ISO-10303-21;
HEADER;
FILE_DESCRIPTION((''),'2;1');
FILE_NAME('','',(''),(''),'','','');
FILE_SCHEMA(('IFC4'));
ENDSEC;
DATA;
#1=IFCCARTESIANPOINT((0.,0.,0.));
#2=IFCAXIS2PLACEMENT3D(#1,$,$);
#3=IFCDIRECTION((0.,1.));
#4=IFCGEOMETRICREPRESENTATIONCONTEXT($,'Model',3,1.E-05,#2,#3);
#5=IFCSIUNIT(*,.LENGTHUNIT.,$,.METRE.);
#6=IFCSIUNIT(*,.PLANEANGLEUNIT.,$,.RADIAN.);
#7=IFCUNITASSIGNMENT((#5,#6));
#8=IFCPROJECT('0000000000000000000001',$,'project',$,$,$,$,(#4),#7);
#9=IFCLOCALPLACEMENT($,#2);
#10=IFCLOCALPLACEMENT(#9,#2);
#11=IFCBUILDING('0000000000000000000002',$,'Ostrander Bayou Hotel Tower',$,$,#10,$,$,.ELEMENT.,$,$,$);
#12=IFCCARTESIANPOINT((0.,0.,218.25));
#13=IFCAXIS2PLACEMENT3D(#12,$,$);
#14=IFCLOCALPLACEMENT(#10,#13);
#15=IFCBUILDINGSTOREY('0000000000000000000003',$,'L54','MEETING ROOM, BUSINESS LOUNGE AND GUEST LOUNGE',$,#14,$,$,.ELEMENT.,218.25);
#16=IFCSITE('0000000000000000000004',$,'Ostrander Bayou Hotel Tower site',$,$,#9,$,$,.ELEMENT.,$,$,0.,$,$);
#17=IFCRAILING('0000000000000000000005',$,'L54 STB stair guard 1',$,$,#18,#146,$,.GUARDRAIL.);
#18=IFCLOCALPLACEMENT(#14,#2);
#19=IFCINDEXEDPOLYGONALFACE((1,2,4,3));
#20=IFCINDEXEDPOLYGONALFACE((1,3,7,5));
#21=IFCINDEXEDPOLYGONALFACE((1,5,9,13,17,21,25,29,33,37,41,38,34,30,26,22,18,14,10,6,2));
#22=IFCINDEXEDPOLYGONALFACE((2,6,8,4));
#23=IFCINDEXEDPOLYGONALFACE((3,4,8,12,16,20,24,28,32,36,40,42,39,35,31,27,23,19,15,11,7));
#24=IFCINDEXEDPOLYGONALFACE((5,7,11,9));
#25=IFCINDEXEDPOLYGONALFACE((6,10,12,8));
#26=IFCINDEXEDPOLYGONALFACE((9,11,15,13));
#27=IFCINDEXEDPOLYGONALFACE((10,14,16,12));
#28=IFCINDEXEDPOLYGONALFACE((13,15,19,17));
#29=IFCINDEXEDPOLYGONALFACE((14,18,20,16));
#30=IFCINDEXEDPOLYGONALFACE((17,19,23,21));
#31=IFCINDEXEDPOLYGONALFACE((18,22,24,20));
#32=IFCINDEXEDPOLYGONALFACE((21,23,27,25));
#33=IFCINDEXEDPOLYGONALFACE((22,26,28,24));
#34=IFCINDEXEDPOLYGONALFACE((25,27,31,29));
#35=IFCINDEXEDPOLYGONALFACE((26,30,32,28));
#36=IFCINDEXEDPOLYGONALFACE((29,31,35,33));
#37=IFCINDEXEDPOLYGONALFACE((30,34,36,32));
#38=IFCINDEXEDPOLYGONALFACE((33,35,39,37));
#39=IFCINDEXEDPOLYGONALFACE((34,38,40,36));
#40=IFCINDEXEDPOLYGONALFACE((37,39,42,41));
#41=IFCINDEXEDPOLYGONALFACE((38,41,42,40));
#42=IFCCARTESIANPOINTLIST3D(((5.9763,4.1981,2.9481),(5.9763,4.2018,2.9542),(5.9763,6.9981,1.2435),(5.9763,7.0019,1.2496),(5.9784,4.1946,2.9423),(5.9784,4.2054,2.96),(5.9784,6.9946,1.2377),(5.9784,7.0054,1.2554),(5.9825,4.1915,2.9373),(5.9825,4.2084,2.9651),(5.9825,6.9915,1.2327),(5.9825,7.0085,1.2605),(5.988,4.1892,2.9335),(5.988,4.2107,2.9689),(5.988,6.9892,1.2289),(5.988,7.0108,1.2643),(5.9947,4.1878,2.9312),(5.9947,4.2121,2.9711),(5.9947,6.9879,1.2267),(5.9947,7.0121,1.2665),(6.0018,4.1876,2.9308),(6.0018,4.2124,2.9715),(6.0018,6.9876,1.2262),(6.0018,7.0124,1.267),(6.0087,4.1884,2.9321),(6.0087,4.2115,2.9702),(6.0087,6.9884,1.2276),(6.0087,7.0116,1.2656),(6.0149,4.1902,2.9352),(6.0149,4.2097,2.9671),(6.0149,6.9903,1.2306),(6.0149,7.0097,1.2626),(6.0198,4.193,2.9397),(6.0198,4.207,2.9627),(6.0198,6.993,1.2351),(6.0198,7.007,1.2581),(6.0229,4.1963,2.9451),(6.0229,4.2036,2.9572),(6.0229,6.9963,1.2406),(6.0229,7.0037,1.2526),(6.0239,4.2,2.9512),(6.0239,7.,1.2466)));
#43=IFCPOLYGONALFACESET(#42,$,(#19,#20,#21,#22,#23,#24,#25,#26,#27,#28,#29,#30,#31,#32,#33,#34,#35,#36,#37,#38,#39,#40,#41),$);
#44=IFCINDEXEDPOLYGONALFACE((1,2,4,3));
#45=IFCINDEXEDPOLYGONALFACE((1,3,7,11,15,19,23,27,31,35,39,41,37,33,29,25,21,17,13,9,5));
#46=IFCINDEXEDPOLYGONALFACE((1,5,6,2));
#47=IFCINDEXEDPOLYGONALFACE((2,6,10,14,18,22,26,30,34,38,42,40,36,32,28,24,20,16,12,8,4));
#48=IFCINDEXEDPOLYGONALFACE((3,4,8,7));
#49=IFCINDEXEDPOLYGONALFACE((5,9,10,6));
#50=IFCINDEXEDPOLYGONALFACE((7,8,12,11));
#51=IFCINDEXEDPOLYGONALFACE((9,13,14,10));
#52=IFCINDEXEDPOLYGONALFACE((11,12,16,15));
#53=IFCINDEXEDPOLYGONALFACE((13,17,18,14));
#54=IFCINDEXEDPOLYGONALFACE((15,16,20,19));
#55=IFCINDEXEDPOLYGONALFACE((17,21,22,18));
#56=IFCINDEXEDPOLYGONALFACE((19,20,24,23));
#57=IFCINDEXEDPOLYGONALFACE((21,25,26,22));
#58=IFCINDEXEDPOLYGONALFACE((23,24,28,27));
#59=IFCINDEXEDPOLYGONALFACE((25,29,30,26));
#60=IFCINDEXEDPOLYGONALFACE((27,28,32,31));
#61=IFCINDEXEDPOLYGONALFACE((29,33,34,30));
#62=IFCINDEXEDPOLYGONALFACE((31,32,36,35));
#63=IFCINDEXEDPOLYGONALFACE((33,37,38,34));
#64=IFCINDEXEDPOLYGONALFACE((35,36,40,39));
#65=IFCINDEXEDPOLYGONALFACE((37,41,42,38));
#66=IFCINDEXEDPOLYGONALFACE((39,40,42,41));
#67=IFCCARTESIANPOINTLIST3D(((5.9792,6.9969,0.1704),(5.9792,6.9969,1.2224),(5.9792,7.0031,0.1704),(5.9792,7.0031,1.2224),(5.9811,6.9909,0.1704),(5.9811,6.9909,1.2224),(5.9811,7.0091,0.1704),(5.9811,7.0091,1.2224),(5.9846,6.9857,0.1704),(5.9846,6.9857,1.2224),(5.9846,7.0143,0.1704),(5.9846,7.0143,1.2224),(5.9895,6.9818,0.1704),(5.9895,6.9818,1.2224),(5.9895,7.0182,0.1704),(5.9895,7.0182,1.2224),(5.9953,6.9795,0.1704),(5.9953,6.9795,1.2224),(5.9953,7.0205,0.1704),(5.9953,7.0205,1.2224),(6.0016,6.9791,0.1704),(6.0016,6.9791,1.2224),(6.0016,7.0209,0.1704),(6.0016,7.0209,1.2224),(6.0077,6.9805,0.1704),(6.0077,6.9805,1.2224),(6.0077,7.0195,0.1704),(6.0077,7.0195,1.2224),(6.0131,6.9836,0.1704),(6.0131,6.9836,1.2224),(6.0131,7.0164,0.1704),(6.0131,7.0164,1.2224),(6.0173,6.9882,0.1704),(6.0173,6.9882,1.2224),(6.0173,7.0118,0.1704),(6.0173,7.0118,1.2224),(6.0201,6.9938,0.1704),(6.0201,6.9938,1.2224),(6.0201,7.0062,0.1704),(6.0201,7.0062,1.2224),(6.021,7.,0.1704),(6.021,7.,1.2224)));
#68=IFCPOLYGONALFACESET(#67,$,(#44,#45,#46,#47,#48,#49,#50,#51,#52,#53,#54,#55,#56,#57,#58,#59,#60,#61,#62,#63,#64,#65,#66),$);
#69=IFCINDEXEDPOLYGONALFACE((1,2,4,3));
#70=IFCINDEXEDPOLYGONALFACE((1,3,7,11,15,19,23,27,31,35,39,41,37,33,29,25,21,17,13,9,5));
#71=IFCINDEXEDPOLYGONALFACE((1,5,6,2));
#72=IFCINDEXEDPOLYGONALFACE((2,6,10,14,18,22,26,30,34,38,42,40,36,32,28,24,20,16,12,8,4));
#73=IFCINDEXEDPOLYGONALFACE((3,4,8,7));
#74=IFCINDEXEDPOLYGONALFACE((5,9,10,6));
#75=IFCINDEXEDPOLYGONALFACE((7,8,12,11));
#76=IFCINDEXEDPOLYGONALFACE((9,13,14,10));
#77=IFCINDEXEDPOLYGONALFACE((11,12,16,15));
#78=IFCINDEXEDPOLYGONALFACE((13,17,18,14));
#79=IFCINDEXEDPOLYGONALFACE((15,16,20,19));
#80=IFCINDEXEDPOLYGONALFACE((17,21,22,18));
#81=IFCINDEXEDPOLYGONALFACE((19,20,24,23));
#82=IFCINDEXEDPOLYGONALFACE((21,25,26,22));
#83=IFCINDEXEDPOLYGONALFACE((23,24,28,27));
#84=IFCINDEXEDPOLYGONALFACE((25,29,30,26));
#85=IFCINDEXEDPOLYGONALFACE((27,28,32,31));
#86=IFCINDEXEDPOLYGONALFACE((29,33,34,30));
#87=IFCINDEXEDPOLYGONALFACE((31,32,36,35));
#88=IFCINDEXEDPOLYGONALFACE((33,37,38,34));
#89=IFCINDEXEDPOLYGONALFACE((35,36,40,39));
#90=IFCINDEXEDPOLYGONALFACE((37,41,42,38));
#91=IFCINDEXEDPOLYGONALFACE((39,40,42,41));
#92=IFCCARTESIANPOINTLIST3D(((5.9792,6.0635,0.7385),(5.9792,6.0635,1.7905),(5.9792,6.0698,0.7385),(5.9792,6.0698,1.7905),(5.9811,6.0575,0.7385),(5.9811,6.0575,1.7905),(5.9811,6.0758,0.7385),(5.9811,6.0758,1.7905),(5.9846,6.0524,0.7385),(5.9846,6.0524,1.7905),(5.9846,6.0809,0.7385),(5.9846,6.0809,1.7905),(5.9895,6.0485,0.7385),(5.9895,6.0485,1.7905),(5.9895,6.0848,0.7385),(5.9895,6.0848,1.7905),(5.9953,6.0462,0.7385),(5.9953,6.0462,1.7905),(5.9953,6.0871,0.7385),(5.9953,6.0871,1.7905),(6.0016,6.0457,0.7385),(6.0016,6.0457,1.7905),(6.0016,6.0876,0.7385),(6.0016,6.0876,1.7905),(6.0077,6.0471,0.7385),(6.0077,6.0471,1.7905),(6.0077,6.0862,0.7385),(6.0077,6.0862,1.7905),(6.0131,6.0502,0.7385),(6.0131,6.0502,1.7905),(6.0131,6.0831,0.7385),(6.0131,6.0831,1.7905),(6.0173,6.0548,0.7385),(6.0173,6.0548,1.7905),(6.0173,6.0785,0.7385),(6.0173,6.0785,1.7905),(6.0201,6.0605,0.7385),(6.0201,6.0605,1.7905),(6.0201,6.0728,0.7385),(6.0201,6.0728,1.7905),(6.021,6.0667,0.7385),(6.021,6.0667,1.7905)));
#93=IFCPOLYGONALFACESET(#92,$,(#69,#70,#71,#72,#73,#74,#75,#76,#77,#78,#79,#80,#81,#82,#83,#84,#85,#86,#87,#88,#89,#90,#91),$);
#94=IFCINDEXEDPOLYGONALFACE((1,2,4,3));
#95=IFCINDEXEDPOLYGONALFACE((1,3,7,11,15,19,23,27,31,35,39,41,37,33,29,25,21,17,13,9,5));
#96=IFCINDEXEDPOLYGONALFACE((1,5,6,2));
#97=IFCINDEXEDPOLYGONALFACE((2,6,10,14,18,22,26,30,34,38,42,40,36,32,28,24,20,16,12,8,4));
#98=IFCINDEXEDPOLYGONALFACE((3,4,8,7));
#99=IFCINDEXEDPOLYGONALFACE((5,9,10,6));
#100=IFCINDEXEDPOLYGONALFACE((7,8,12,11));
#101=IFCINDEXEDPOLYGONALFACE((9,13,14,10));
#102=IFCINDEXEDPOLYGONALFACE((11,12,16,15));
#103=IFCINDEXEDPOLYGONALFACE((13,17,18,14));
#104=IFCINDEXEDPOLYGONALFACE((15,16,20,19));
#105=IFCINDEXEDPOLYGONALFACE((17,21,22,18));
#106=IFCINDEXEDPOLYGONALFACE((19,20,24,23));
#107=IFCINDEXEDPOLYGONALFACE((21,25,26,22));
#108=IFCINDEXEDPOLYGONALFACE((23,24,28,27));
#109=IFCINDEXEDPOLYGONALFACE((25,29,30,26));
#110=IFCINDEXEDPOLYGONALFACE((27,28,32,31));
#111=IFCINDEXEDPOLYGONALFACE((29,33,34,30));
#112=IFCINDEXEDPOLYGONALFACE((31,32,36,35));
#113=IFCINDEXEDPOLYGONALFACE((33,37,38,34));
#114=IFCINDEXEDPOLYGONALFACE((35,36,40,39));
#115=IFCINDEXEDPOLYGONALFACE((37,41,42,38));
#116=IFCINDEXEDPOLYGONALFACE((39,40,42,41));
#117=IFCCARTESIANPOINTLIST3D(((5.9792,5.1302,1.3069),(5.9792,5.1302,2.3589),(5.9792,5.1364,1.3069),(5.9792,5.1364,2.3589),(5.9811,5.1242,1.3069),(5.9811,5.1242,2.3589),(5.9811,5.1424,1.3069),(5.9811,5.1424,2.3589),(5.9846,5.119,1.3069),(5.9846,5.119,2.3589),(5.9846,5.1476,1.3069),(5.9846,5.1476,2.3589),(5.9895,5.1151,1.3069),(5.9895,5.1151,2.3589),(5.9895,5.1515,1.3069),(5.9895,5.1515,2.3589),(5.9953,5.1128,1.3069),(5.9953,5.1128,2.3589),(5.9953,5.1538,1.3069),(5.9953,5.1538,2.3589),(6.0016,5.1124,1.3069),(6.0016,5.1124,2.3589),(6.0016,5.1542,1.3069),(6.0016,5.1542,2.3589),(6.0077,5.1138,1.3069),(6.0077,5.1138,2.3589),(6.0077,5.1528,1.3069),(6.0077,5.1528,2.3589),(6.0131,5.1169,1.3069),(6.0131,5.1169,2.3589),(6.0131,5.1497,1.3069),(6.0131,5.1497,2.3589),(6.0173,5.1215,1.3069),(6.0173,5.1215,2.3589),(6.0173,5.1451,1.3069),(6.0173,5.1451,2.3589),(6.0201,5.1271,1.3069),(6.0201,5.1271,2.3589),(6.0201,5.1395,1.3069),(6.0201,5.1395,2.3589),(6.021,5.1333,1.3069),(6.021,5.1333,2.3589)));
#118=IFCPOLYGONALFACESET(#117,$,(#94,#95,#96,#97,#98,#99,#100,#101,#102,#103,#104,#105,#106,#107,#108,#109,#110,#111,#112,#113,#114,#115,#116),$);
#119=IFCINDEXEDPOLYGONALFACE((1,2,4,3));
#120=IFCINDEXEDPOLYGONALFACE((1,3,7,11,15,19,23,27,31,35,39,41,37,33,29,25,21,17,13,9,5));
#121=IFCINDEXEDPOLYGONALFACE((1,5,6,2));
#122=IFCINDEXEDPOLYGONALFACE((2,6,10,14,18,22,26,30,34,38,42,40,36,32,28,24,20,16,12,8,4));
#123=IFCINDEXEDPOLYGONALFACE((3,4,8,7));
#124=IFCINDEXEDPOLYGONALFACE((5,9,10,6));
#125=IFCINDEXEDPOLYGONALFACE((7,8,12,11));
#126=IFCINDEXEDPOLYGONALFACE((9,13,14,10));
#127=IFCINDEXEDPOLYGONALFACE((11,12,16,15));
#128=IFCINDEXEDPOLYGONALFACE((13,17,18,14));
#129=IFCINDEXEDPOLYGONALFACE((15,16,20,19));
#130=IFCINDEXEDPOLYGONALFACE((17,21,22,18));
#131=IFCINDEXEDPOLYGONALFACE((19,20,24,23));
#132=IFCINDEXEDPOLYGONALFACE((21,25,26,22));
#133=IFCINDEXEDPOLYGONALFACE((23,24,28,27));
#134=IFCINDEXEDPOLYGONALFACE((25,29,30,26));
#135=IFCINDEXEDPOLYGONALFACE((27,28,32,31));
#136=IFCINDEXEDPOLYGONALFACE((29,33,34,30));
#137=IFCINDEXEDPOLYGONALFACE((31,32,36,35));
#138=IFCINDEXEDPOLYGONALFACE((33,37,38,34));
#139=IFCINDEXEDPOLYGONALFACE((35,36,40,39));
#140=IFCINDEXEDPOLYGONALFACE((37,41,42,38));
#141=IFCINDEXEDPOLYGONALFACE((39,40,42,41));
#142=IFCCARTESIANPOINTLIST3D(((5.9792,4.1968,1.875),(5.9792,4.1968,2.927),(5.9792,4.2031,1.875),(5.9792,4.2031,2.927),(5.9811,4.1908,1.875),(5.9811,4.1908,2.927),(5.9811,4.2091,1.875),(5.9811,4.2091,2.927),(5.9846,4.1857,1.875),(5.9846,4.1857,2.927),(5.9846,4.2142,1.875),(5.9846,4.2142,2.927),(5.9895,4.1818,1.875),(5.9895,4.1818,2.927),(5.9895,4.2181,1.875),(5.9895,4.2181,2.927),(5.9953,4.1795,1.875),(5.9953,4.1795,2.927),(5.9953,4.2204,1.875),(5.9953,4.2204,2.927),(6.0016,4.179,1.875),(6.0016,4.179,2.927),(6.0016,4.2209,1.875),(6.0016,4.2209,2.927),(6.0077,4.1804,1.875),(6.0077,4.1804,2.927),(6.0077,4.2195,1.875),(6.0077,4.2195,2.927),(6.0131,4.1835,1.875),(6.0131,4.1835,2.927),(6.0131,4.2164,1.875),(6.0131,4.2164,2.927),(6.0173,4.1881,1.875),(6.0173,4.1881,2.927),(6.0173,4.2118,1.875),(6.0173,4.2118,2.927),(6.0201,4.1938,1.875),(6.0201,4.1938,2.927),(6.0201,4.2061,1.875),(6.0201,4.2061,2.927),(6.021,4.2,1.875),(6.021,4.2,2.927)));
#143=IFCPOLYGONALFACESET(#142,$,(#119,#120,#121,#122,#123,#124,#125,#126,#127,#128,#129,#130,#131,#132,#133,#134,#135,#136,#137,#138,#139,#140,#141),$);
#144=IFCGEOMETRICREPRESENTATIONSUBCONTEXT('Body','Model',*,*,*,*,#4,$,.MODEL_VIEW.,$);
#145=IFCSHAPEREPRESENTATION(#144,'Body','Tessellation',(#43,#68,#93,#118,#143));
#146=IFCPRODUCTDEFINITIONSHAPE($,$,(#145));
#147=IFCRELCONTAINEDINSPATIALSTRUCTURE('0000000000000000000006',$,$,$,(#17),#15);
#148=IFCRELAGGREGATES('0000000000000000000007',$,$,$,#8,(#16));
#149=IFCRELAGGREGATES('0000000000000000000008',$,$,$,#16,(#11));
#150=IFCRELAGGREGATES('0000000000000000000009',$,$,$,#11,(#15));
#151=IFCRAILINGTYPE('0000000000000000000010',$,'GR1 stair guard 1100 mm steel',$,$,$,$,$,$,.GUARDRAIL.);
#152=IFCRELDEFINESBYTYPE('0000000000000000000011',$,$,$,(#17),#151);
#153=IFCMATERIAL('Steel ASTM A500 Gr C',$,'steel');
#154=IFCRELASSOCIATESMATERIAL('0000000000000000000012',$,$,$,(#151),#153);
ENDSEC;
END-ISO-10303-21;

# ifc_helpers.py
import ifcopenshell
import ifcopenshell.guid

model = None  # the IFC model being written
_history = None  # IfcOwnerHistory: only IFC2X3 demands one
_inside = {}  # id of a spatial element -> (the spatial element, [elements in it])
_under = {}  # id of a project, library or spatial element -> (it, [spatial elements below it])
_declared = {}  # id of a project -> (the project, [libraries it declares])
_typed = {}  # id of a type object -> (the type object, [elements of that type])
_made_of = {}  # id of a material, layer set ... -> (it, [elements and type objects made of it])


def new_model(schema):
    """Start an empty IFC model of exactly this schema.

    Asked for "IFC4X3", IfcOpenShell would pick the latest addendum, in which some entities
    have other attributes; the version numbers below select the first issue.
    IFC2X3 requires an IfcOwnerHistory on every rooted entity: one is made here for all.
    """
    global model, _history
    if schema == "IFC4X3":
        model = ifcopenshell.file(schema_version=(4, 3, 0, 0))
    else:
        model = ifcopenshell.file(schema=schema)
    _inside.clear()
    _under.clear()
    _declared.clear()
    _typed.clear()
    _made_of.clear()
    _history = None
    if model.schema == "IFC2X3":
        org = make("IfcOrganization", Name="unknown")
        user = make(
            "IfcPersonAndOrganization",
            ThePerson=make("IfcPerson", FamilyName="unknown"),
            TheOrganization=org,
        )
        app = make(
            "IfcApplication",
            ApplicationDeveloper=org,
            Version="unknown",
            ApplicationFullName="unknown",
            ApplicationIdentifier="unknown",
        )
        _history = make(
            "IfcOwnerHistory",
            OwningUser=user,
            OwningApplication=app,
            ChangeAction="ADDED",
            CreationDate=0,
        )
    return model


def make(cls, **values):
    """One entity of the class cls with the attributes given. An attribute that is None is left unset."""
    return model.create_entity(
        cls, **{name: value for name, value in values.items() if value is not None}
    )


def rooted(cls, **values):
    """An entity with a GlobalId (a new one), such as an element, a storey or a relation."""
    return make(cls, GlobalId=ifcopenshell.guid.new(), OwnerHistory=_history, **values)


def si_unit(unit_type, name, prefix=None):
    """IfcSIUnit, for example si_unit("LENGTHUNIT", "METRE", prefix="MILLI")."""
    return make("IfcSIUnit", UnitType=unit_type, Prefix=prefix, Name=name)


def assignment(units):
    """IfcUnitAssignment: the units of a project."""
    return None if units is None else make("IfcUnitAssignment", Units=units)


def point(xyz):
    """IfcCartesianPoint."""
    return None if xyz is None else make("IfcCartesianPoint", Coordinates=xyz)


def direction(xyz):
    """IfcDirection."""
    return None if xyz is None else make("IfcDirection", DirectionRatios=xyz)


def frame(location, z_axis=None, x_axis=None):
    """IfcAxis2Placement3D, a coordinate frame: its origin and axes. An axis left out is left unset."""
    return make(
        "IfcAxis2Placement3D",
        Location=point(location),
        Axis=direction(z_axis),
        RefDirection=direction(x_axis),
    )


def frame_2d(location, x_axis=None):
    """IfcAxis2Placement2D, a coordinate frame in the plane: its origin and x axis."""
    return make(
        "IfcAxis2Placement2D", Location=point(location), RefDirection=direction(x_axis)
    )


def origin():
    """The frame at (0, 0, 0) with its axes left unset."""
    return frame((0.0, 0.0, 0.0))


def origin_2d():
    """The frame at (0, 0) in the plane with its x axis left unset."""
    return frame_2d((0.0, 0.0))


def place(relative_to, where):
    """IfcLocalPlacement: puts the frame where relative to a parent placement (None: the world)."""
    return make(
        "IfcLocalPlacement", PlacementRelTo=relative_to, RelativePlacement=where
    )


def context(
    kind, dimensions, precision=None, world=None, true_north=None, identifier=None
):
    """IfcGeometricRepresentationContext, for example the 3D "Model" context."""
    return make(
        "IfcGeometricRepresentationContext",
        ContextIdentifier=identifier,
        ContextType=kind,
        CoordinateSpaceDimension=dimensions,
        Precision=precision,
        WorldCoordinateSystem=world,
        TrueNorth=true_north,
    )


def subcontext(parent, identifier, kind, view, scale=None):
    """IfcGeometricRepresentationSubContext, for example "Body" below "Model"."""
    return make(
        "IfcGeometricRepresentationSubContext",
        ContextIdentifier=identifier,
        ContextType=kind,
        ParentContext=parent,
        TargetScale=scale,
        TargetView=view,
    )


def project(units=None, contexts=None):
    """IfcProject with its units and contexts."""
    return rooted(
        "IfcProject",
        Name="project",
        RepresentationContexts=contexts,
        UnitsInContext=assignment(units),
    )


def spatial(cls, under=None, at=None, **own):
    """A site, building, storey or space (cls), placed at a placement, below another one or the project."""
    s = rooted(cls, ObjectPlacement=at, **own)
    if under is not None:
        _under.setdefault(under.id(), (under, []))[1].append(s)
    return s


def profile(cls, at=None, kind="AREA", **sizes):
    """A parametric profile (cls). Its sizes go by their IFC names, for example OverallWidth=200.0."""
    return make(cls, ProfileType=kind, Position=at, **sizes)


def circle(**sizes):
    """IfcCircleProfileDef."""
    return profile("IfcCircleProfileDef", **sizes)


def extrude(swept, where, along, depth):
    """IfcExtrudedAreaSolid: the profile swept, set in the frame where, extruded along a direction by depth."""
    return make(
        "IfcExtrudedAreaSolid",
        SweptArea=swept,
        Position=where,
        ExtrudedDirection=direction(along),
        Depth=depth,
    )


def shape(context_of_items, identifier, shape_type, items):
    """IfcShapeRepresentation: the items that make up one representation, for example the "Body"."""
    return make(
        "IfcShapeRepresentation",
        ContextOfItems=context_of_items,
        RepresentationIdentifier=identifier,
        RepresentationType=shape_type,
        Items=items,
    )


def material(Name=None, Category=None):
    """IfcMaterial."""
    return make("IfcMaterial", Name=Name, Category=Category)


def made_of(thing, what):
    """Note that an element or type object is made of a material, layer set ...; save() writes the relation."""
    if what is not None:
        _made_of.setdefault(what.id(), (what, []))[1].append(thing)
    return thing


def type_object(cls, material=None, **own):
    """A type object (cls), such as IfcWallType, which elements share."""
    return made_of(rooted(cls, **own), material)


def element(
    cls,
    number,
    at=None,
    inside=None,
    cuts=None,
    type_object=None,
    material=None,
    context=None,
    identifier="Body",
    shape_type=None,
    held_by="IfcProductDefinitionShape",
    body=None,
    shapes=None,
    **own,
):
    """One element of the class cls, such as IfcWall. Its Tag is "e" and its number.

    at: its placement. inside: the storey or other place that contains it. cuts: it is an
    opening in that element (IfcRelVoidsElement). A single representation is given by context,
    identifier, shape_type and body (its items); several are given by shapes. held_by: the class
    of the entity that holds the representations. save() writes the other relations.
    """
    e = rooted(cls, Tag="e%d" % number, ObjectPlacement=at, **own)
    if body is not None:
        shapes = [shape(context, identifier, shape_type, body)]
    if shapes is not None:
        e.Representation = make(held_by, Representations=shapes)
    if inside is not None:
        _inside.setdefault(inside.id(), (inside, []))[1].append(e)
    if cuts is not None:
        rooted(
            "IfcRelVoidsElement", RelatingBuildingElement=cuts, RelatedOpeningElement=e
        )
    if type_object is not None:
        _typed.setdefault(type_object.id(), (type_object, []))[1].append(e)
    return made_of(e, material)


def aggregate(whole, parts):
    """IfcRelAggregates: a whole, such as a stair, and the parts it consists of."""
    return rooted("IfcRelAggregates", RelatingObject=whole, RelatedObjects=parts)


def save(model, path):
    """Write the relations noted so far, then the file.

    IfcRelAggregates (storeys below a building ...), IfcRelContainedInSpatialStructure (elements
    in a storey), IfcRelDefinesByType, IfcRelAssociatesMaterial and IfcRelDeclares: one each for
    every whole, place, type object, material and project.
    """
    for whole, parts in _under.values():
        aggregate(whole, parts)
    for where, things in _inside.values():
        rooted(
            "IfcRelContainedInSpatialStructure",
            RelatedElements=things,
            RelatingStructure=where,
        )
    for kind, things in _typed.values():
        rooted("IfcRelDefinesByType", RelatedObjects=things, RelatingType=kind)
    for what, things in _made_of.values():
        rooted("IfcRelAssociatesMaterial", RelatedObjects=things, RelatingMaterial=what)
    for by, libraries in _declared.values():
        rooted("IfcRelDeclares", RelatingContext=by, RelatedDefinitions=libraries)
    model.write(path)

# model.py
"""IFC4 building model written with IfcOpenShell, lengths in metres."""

from ifc_helpers import new_model, si_unit, direction, frame, origin, origin_2d, place, context, subcontext, project, spatial, circle, extrude, material, type_object, element, save


model = new_model("IFC4")

# Units and contexts
model_context = context("Model", 3, precision=1e-05, world=origin(), true_north=direction((0.0, 1.0)))
body_context = subcontext(model_context, "Body", "Model", "MODEL_VIEW")
ifc_project = project(units=[si_unit("LENGTHUNIT", "METRE"), si_unit("PLANEANGLEUNIT", "RADIAN")], contexts=[model_context])

# Site, building, storey
site_placement = place(None, origin())
site = spatial("IfcSite", under=ifc_project, at=site_placement, Name="Ostrander Bayou Hotel Tower site", CompositionType="ELEMENT", RefElevation=0.0)
building_placement = place(site_placement, origin())
building = spatial("IfcBuilding", under=site, at=building_placement, Name="Ostrander Bayou Hotel Tower", CompositionType="ELEMENT")
storey_placement = place(building_placement, frame((0.0, 0.0, 218.25)))
storey = spatial("IfcBuildingStorey", under=building, at=storey_placement, Name="L54", Description="MEETING ROOM, BUSINESS LOUNGE AND GUEST LOUNGE", CompositionType="ELEMENT", Elevation=218.25)

# Railing
ifc_material_1 = material(Name="Steel ASTM A500 Gr C", Category="steel")
railing_type_1 = type_object("IfcRailingType", Name="GR1 stair guard 1100 mm steel", PredefinedType="GUARDRAIL", material=ifc_material_1)
railing_1_placement = place(storey_placement, frame((6.0, 7.0, 0.1704)))
element("IfcRailing", 1, at=railing_1_placement, inside=storey, type_object=railing_type_1, Name="L54 STB stair guard 1", PredefinedType="GUARDRAIL", context=body_context, shape_type="SweptSolid", body=[
    extrude(circle(Radius=0.0239, at=origin_2d()), frame((0.0, 0.0, 1.0762), z_axis=(0.0, -0.85417, 0.519994), x_axis=(1.0, 0.0, 0.0)), (0.0, 0.0, 1.0), 3.2781),
    extrude(circle(Radius=0.021, at=origin_2d()), origin(), (0.0, 0.0, 1.0), 1.052),
    extrude(circle(Radius=0.021, at=origin_2d()), frame((0.0, -0.9333, 0.5681)), (0.0, 0.0, 1.0), 1.052),
    extrude(circle(Radius=0.021, at=origin_2d()), frame((0.0, -1.8667, 1.1365)), (0.0, 0.0, 1.0), 1.052),
    extrude(circle(Radius=0.021, at=origin_2d()), frame((0.0, -2.8, 1.7046)), (0.0, 0.0, 1.0), 1.052),
])

save(model, "model.ifc")
